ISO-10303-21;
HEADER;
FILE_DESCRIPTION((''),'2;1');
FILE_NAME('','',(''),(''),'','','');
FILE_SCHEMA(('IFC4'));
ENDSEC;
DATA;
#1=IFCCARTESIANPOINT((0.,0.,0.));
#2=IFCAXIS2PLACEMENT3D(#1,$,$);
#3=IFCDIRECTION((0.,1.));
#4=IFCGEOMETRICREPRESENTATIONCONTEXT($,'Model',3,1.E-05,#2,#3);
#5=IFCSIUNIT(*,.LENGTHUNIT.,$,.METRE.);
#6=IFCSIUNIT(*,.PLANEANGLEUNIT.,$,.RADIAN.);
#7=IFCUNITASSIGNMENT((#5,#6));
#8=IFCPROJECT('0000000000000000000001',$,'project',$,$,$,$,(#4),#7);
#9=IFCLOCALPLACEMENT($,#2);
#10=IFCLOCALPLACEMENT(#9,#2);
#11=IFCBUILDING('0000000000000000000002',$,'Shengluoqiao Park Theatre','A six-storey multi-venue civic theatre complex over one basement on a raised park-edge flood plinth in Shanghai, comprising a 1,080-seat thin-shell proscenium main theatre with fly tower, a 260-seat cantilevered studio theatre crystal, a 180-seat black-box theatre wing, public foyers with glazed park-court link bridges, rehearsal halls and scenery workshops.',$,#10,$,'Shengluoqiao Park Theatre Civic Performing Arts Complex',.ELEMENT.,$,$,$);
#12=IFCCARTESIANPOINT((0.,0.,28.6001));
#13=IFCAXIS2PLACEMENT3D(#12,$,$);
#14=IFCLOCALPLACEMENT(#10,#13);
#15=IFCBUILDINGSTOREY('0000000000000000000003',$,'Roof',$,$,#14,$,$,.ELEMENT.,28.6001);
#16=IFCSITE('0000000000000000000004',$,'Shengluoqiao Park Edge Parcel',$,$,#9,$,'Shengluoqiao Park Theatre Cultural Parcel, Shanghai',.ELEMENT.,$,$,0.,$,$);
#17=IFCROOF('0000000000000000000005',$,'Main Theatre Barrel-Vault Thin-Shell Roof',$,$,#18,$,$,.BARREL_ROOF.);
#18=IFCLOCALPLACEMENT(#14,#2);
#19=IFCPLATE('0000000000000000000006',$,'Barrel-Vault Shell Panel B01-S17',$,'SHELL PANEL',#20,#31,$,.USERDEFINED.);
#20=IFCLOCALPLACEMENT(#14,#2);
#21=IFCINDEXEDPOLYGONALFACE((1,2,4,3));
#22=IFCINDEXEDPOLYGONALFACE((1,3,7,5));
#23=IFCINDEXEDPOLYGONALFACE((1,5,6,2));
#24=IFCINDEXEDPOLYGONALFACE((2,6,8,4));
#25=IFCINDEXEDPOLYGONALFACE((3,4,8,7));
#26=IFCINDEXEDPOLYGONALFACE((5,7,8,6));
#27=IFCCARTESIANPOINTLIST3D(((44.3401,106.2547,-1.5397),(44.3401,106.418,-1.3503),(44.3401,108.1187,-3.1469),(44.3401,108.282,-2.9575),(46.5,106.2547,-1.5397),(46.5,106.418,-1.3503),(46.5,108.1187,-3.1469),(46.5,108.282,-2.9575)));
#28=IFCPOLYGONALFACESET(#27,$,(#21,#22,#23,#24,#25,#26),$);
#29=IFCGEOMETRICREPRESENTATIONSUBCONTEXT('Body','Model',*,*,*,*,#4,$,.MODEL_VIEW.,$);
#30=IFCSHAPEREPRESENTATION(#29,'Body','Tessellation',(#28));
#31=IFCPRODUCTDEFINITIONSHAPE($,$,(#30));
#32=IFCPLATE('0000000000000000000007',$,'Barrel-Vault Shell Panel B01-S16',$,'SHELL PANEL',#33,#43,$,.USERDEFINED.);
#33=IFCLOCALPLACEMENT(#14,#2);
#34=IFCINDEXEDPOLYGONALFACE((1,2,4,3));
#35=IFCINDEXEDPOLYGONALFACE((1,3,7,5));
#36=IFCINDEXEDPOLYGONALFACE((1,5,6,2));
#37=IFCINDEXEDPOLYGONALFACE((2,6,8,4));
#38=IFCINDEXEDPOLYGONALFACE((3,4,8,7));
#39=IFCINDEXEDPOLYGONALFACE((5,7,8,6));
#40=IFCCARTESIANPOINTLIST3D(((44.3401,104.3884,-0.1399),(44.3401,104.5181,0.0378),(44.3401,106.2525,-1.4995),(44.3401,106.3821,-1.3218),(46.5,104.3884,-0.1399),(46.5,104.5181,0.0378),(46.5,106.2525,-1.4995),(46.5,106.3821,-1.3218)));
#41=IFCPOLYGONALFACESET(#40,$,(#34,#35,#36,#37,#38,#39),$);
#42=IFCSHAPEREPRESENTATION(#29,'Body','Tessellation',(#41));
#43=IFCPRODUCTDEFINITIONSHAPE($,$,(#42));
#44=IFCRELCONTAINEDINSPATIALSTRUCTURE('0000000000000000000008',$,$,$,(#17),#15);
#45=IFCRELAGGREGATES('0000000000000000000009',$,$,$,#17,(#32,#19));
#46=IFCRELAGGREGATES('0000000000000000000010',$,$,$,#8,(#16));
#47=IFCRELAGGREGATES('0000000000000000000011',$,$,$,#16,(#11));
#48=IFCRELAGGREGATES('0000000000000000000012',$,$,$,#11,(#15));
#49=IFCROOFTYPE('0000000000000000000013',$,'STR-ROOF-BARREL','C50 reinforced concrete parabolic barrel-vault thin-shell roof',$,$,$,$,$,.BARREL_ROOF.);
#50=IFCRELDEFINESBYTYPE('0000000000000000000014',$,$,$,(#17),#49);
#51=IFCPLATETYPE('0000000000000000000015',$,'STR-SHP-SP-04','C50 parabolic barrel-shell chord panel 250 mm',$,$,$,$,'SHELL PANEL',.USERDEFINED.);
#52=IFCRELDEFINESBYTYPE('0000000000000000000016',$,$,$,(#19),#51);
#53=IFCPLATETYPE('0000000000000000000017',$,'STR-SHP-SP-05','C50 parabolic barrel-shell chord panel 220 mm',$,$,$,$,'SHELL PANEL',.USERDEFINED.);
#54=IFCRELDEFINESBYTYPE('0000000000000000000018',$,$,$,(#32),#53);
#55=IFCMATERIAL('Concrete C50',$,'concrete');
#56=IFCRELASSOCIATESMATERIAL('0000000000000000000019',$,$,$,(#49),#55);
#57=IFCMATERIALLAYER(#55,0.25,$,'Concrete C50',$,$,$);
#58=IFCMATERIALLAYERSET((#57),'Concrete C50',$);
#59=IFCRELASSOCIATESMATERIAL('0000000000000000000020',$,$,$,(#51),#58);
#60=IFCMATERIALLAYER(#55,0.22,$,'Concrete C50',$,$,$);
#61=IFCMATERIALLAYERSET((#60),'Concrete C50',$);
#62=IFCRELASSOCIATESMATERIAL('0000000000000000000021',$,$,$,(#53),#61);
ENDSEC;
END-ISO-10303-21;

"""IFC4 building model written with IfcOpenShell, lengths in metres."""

from ifc_helpers import new_model, si_unit, direction, frame, origin, place, context, subcontext, project, spatial, polyline, outline, extrude, material, layer, layer_set, type_object, element, aggregate, save


model = new_model("IFC4")

# Units and contexts
model_context = context("Model", 3, precision=1e-05, world=origin(), true_north=direction((0.0, 1.0)))
body_context = subcontext(model_context, "Body", "Model", "MODEL_VIEW")
ifc_project = project(units=[si_unit("LENGTHUNIT", "METRE"), si_unit("PLANEANGLEUNIT", "RADIAN")], contexts=[model_context])

# Site, building, storey
site_placement = place(None, origin())
site = spatial("IfcSite", under=ifc_project, at=site_placement, Name="Shengluoqiao Park Edge Parcel", LongName="Shengluoqiao Park Theatre Cultural Parcel, Shanghai", CompositionType="ELEMENT", RefElevation=0.0)
building_placement = place(site_placement, origin())
building = spatial("IfcBuilding", under=site, at=building_placement, Name="Shengluoqiao Park Theatre", Description="A six-storey multi-venue civic theatre complex over one basement on a raised park-edge flood plinth in Shanghai, comprising a 1,080-seat thin-shell proscenium main theatre with fly tower, a 260-seat cantilevered studio theatre crystal, a 180-seat black-box theatre wing, public foyers with glazed park-court link bridges, rehearsal halls and scenery workshops.", LongName="Shengluoqiao Park Theatre Civic Performing Arts Complex", CompositionType="ELEMENT")
storey_placement = place(building_placement, frame((0.0, 0.0, 28.6001)))
storey = spatial("IfcBuildingStorey", under=building, at=storey_placement, Name="Roof", CompositionType="ELEMENT", Elevation=28.6001)

# Shared definitions
ifc_material_1 = material(Name="Concrete C50", Category="concrete")

# Roof, plates
roof_type = type_object("IfcRoofType", Name="STR-ROOF-BARREL", Description="C50 reinforced concrete parabolic barrel-vault thin-shell roof", PredefinedType="BARREL_ROOF", material=ifc_material_1)
roof_placement = place(storey_placement, origin())
roof = element("IfcRoof", 1, at=roof_placement, inside=storey, type_object=roof_type, Name="Main Theatre Barrel-Vault Thin-Shell Roof", PredefinedType="BARREL_ROOF")
ifc_layer_1 = layer(ifc_material_1, 0.25, Name="Concrete C50")
ifc_layer_set_1 = layer_set([ifc_layer_1], Name="Concrete C50")
plate_type_1 = type_object("IfcPlateType", Name="STR-SHP-SP-04", Description="C50 parabolic barrel-shell chord panel 250 mm", ElementType="SHELL PANEL", PredefinedType="USERDEFINED", material=ifc_layer_set_1)
plate_1_placement = place(storey_placement, frame((44.3401, 106.418, -1.3503), z_axis=(0.0, 0.653002, 0.757356), x_axis=(1.0, 0.0, 0.0)))
plate_1 = element("IfcPlate", 2, at=plate_1_placement, type_object=plate_type_1, Name="Barrel-Vault Shell Panel B01-S17", ObjectType="SHELL PANEL", PredefinedType="USERDEFINED", context=body_context, shape_type="SweptSolid", body=[
    extrude(outline(polyline([(0.0, 0.0), (2.1599, 0.0), (2.1599, 2.4612), (0.0, 2.4612), (0.0, 0.0)])), origin(), (0.0, 0.0, -1.0), 0.25),
])
ifc_layer_2 = layer(ifc_material_1, 0.22, Name="Concrete C50")
ifc_layer_set_2 = layer_set([ifc_layer_2], Name="Concrete C50")
plate_type_2 = type_object("IfcPlateType", Name="STR-SHP-SP-05", Description="C50 parabolic barrel-shell chord panel 220 mm", ElementType="SHELL PANEL", PredefinedType="USERDEFINED", material=ifc_layer_set_2)
plate_2_placement = place(storey_placement, frame((44.3401, 104.5181, 0.0378), z_axis=(0.0, 0.589297, 0.807916), x_axis=(1.0, 0.0, 0.0)))
plate_2 = element("IfcPlate", 3, at=plate_2_placement, type_object=plate_type_2, Name="Barrel-Vault Shell Panel B01-S16", ObjectType="SHELL PANEL", PredefinedType="USERDEFINED", context=body_context, shape_type="SweptSolid", body=[
    extrude(outline(polyline([(0.0, 0.0), (2.1599, 0.0), (2.1599, 2.3072), (0.0, 2.3072), (0.0, 0.0)])), origin(), (0.0, 0.0, -1.0), 0.22),
])
aggregate(roof, [plate_2, plate_1])

save(model, "model.ifc")
